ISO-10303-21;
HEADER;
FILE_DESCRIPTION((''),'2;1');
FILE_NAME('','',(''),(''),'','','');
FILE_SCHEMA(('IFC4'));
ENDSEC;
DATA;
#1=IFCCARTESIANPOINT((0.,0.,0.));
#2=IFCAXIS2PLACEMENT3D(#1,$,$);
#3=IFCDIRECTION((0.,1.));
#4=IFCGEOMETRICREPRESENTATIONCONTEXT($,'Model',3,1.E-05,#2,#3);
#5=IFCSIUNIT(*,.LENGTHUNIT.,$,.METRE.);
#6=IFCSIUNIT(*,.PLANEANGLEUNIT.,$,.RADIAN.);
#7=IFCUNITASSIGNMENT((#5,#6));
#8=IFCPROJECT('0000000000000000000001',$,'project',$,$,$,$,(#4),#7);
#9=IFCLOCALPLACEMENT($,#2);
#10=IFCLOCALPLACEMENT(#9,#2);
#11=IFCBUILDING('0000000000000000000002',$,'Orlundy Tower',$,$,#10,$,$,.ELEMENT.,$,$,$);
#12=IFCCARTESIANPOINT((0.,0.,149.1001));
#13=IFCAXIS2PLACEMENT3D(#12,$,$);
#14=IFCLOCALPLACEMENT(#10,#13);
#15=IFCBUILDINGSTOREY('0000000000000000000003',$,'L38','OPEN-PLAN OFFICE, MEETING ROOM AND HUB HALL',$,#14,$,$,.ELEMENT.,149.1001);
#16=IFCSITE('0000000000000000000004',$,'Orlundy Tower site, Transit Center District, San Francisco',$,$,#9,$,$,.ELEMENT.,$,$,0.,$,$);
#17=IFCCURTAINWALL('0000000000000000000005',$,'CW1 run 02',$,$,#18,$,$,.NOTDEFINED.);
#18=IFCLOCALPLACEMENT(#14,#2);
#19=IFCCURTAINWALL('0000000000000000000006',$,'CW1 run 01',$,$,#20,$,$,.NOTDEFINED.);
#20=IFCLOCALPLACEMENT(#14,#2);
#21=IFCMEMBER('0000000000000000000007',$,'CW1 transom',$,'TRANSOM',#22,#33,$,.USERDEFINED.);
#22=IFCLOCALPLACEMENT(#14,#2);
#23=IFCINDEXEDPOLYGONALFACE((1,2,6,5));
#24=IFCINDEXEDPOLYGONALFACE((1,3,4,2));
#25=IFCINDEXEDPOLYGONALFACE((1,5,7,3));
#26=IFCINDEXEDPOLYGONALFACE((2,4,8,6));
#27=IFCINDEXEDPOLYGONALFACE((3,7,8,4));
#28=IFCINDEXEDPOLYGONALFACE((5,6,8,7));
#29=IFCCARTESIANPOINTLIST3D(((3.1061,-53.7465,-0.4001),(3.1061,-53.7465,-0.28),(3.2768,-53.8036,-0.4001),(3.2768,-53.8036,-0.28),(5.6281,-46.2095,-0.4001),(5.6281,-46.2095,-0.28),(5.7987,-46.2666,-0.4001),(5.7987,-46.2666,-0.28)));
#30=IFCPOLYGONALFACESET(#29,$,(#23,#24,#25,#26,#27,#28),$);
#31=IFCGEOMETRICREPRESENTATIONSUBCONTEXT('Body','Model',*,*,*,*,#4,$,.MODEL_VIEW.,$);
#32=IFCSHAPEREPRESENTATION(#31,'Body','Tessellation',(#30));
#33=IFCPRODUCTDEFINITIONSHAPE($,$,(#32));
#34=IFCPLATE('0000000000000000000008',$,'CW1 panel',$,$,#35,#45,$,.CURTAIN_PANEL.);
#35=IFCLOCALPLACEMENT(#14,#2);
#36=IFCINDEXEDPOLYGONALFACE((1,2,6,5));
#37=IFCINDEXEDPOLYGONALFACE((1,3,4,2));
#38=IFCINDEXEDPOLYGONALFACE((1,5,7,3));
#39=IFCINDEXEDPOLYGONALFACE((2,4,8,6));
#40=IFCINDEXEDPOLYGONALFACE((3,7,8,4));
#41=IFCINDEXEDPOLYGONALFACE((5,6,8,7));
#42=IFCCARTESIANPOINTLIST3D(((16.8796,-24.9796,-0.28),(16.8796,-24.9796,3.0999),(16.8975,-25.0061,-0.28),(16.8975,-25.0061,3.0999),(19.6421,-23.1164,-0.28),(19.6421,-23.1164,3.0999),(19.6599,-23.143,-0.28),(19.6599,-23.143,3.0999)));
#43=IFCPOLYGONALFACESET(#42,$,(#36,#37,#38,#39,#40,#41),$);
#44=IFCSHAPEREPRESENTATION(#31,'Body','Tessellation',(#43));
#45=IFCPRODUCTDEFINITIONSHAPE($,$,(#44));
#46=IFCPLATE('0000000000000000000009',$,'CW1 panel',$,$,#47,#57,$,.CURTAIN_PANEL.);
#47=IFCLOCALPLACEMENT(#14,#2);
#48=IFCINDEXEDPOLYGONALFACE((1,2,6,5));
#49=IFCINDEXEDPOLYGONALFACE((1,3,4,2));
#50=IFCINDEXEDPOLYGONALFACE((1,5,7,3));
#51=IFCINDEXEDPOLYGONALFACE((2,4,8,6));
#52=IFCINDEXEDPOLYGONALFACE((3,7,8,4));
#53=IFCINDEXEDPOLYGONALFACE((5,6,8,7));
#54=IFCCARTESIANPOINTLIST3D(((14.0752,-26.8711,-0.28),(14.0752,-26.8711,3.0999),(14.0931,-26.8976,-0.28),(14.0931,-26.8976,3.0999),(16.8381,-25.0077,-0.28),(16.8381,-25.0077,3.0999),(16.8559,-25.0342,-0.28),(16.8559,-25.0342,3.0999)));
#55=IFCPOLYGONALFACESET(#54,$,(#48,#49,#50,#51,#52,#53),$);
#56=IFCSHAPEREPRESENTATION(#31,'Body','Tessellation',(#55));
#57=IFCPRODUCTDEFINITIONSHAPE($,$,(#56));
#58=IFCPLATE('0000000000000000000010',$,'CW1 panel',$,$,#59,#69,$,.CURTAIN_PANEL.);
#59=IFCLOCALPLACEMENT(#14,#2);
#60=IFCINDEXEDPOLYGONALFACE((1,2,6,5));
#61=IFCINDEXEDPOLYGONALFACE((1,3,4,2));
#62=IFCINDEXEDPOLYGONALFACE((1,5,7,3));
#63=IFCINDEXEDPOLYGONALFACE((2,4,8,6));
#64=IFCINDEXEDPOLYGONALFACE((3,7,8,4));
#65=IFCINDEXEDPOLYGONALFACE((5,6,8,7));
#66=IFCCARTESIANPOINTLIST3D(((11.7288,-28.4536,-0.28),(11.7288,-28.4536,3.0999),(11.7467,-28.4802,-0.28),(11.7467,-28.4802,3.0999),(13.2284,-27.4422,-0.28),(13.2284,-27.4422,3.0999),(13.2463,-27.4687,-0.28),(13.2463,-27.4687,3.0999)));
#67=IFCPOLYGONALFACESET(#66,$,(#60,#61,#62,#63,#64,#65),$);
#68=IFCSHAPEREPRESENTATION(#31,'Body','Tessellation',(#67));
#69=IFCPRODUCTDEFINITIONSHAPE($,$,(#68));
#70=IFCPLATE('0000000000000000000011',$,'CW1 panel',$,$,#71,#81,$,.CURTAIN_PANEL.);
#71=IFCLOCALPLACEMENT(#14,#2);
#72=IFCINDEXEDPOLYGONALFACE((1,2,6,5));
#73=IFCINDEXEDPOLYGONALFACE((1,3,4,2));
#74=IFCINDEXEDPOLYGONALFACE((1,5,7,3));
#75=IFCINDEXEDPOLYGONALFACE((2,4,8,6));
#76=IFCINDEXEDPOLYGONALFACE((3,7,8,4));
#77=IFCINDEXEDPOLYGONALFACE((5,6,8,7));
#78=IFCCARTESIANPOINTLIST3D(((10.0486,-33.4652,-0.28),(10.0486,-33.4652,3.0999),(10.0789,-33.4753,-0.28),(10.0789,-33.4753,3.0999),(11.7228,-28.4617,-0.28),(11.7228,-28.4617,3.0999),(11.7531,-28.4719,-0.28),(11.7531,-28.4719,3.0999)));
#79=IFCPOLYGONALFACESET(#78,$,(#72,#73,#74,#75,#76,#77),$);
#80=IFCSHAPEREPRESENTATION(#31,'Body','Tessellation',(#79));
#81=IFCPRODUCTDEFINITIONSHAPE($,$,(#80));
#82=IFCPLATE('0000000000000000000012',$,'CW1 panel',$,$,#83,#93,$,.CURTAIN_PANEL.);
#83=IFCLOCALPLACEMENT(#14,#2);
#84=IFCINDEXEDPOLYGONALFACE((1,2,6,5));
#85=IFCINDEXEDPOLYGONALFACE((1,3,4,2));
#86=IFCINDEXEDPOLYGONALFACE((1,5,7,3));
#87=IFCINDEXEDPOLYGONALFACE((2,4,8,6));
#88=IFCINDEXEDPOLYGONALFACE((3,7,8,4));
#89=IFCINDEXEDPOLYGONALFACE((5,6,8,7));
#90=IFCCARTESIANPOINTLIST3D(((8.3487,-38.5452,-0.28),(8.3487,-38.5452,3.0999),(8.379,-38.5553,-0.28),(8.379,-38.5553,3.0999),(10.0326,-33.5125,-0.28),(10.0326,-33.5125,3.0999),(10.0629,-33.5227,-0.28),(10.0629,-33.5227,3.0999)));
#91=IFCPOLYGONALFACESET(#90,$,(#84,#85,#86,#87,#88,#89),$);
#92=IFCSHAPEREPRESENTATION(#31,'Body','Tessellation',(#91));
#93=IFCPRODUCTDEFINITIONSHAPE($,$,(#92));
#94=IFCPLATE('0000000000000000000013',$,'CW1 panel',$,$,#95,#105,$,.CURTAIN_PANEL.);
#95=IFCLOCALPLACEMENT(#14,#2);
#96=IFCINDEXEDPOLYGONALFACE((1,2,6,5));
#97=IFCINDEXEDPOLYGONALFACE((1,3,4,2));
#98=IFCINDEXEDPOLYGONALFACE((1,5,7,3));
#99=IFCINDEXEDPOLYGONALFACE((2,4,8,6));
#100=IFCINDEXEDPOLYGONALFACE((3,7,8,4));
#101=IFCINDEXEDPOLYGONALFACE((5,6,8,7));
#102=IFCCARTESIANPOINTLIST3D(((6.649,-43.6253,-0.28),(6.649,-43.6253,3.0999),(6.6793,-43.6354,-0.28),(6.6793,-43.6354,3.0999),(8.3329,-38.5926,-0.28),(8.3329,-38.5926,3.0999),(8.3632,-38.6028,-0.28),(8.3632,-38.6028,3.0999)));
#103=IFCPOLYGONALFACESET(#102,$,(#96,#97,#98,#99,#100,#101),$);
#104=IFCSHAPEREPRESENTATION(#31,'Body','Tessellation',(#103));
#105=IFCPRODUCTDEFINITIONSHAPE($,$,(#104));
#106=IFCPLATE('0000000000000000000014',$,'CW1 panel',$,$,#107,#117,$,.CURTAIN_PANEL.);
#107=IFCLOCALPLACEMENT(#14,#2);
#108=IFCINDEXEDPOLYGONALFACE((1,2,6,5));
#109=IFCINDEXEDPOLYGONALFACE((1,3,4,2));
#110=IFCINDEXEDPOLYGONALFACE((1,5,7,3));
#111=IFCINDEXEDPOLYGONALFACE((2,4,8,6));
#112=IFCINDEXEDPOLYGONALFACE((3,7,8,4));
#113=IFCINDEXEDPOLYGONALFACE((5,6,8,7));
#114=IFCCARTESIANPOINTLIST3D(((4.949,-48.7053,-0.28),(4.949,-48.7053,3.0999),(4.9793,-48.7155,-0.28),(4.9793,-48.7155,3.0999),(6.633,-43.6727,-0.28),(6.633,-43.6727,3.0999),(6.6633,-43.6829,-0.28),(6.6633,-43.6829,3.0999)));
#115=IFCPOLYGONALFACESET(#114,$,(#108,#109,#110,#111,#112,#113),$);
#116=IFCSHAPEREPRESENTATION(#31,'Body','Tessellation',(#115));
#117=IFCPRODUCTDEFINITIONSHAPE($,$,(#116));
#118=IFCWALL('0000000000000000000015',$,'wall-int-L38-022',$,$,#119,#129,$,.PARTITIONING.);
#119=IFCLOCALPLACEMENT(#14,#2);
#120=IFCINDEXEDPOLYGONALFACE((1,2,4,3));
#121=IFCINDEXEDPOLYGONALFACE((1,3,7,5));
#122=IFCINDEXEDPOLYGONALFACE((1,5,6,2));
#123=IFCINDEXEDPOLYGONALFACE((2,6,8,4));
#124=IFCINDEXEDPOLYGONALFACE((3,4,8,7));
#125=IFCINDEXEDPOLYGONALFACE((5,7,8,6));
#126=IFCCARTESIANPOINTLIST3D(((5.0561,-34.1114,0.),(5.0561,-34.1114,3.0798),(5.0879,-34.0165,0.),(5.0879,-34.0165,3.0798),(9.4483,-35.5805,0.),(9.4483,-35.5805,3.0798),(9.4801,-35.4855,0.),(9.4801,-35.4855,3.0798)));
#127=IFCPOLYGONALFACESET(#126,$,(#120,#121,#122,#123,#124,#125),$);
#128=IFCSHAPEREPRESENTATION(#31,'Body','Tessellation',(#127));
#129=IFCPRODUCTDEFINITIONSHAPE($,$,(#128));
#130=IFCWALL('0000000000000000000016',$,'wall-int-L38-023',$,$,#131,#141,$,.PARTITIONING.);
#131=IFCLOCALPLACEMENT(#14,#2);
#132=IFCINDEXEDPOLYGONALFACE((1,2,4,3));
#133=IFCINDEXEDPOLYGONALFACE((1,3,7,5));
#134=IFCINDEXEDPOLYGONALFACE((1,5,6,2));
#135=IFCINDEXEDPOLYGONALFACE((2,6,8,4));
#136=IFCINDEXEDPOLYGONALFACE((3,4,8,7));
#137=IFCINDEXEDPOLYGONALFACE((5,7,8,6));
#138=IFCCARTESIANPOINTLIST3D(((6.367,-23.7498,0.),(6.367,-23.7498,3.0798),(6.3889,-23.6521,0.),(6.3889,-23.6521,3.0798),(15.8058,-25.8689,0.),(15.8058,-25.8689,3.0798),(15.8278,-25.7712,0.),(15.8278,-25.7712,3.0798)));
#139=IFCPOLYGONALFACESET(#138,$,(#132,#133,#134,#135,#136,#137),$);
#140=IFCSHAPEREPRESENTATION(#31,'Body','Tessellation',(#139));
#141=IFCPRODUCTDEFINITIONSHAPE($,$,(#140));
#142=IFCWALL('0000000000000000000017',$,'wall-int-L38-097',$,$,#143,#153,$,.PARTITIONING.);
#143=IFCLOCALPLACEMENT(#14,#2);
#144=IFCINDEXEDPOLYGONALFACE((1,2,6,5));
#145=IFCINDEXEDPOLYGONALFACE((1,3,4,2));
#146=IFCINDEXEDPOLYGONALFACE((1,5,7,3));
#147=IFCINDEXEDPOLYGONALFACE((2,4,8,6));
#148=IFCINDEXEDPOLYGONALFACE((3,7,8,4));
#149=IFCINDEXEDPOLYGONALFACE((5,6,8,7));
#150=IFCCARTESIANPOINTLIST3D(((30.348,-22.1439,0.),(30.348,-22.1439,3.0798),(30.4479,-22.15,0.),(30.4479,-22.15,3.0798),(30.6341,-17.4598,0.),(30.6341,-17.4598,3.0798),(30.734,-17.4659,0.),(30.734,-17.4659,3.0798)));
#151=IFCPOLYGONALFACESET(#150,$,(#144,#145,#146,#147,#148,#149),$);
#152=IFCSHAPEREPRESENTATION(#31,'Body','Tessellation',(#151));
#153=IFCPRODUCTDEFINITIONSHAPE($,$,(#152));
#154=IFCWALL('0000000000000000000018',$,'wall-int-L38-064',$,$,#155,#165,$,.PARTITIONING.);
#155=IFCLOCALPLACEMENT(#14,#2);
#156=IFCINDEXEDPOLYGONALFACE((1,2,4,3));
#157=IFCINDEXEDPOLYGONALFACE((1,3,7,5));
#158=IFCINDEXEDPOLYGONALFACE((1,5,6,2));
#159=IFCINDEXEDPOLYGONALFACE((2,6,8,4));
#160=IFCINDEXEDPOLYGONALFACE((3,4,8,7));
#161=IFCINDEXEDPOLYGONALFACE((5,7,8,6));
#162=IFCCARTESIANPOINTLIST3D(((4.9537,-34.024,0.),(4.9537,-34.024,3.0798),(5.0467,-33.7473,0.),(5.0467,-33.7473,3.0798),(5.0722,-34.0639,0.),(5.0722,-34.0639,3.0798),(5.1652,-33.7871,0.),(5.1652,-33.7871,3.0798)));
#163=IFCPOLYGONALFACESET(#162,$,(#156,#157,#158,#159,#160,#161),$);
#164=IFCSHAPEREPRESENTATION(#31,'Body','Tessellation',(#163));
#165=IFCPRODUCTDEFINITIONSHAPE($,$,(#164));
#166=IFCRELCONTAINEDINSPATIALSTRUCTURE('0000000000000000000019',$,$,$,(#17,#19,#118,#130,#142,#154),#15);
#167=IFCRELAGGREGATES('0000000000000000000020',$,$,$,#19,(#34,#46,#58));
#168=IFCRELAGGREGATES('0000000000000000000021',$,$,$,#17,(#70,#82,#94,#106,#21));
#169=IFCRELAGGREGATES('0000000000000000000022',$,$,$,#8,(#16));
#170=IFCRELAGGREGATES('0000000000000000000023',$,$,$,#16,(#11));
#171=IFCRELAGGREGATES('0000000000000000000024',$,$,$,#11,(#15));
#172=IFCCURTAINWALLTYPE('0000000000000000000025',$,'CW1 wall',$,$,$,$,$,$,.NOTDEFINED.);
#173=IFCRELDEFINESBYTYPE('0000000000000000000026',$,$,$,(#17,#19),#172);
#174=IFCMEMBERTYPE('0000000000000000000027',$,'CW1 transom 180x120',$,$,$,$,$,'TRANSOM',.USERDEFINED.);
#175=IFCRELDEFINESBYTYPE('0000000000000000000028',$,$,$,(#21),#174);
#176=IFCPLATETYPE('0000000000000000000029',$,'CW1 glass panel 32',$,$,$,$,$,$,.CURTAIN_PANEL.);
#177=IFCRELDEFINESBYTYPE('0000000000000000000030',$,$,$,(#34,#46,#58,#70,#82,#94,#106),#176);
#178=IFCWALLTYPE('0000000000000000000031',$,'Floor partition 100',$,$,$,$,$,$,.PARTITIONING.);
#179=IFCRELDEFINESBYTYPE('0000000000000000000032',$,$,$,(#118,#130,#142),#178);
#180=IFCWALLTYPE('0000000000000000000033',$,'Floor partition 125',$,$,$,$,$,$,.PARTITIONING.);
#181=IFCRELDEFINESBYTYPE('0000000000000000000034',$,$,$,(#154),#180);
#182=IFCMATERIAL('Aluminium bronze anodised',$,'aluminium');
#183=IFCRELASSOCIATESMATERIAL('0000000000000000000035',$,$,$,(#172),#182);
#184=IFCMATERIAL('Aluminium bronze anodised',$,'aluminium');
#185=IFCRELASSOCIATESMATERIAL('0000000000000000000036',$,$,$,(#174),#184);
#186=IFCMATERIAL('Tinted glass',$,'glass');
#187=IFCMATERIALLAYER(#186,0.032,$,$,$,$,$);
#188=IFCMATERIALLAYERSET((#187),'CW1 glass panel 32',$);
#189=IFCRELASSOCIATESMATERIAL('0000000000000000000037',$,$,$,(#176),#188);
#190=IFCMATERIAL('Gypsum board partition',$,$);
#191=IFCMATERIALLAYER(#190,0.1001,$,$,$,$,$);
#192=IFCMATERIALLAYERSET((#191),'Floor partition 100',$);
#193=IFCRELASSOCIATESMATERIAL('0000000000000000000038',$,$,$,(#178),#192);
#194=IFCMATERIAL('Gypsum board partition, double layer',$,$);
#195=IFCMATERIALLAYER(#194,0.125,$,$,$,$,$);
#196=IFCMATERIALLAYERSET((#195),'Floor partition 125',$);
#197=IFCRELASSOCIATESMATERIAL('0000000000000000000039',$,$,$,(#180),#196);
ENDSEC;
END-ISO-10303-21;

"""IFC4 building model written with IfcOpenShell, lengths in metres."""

from ifc_helpers import new_model, si_unit, direction, frame, frame_2d, origin, origin_2d, place, context, subcontext, project, spatial, rectangle, extrude, material, layer, layer_set, material_profile, profile_set, type_object, element, aggregate, save


model = new_model("IFC4")

# Units and contexts
model_context = context("Model", 3, precision=1e-05, world=origin(), true_north=direction((0.0, 1.0)))
body_context = subcontext(model_context, "Body", "Model", "MODEL_VIEW")
ifc_project = project(units=[si_unit("LENGTHUNIT", "METRE"), si_unit("PLANEANGLEUNIT", "RADIAN")], contexts=[model_context])

# Site, building, storey
site_placement = place(None, origin())
site = spatial("IfcSite", under=ifc_project, at=site_placement, Name="Orlundy Tower site, Transit Center District, San Francisco", CompositionType="ELEMENT", RefElevation=0.0)
building_placement = place(site_placement, origin())
building = spatial("IfcBuilding", under=site, at=building_placement, Name="Orlundy Tower", CompositionType="ELEMENT")
storey_placement = place(building_placement, frame((0.0, 0.0, 149.1001)))
storey = spatial("IfcBuildingStorey", under=building, at=storey_placement, Name="L38", Description="OPEN-PLAN OFFICE, MEETING ROOM AND HUB HALL", CompositionType="ELEMENT", Elevation=149.1001)

# Curtain walls
ifc_material_1 = material(Name="Aluminium bronze anodised", Category="aluminium")
curtain_wall_type = type_object("IfcCurtainWallType", Name="CW1 wall", PredefinedType="NOTDEFINED", material=ifc_material_1)
curtain_wall_1_placement = place(storey_placement, origin())
curtain_wall_1 = element("IfcCurtainWall", 1, at=curtain_wall_1_placement, inside=storey, type_object=curtain_wall_type, Name="CW1 run 02", PredefinedType="NOTDEFINED")
curtain_wall_2_placement = place(storey_placement, origin())
curtain_wall_2 = element("IfcCurtainWall", 2, at=curtain_wall_2_placement, inside=storey, type_object=curtain_wall_type, Name="CW1 run 01", PredefinedType="NOTDEFINED")

# Member
ifc_material_2 = material(Name="Aluminium bronze anodised", Category="aluminium")
ifc_material_profile_1 = material_profile(ifc_material_2, rectangle(XDim=0.1799, YDim=0.1201, at=origin_2d()), Name="CW1 transom 180x120")
ifc_profile_set_1 = profile_set([ifc_material_profile_1], Name="Aluminium bronze anodised")
member_type_1 = type_object("IfcMemberType", Name="CW1 transom 180x120", ElementType="TRANSOM", PredefinedType="USERDEFINED", material=ifc_profile_set_1)
member_1_placement = place(storey_placement, frame((5.7134, -46.238, -0.3401), z_axis=(-0.317315, -0.94832, 0.0), x_axis=(0.94832, -0.317315, 0.0)))
member_1 = element("IfcMember", 3, at=member_1_placement, type_object=member_type_1, Name="CW1 transom", ObjectType="TRANSOM", PredefinedType="USERDEFINED", context=body_context, shape_type="SweptSolid", body=[
    extrude(rectangle(XDim=0.1799, YDim=0.1201, at=origin_2d()), origin(), (0.0, 0.0, 1.0), 7.9478),
])

# Plates
ifc_material_3 = material(Name="Tinted glass", Category="glass")
ifc_layer_1 = layer(ifc_material_3, 0.032)
ifc_layer_set_1 = layer_set([ifc_layer_1], Name="CW1 glass panel 32")
plate_type = type_object("IfcPlateType", Name="CW1 glass panel 32", PredefinedType="CURTAIN_PANEL", material=ifc_layer_set_1)
plate_1_placement = place(storey_placement, frame((18.2698, -24.0613, -0.28), z_axis=(0.0, 0.0, 1.0), x_axis=(-0.829057, -0.559165, 0.0)))
plate_1 = element("IfcPlate", 4, at=plate_1_placement, type_object=plate_type, Name="CW1 panel", PredefinedType="CURTAIN_PANEL", context=body_context, shape_type="SweptSolid", body=[
    extrude(rectangle(XDim=3.332, YDim=0.032, at=origin_2d()), origin(), (0.0, 0.0, 1.0), 3.3799),
])
plate_2_placement = place(storey_placement, frame((15.4656, -25.9526, -0.28), z_axis=(0.0, 0.0, 1.0), x_axis=(-0.829057, -0.559165, 0.0)))
plate_2 = element("IfcPlate", 5, at=plate_2_placement, type_object=plate_type, Name="CW1 panel", PredefinedType="CURTAIN_PANEL", context=body_context, shape_type="SweptSolid", body=[
    extrude(rectangle(XDim=3.3325, YDim=0.032, at=origin_2d()), origin(), (0.0, 0.0, 1.0), 3.3799),
])
plate_3_placement = place(storey_placement, frame((12.4875, -27.9612, -0.28), z_axis=(0.0, 0.0, 1.0), x_axis=(-0.829057, -0.559165, 0.0)))
plate_3 = element("IfcPlate", 6, at=plate_3_placement, type_object=plate_type, Name="CW1 panel", PredefinedType="CURTAIN_PANEL", context=body_context, shape_type="SweptSolid", body=[
    extrude(rectangle(XDim=1.8088, YDim=0.032, at=origin_2d()), origin(), (0.0, 0.0, 1.0), 3.3799),
])
aggregate(curtain_wall_2, [plate_1, plate_2, plate_3])
plate_4_placement = place(storey_placement, frame((10.9009, -30.9685, -0.28), z_axis=(0.0, 0.0, 1.0), x_axis=(-0.317314, -0.948321, 0.0)))
plate_4 = element("IfcPlate", 7, at=plate_4_placement, type_object=plate_type, Name="CW1 panel", PredefinedType="CURTAIN_PANEL", context=body_context, shape_type="SweptSolid", body=[
    extrude(rectangle(XDim=5.2761, YDim=0.032, at=origin_2d()), origin(), (0.0, 0.0, 1.0), 3.3799),
])
plate_5_placement = place(storey_placement, frame((9.2058, -36.0339, -0.28), z_axis=(0.0, 0.0, 1.0), x_axis=(-0.317314, -0.948321, 0.0)))
plate_5 = element("IfcPlate", 8, at=plate_5_placement, type_object=plate_type, Name="CW1 panel", PredefinedType="CURTAIN_PANEL", context=body_context, shape_type="SweptSolid", body=[
    extrude(rectangle(XDim=5.3069, YDim=0.032, at=origin_2d()), origin(), (0.0, 0.0, 1.0), 3.3799),
])
plate_6_placement = place(storey_placement, frame((7.5061, -41.114, -0.28), z_axis=(0.0, 0.0, 1.0), x_axis=(-0.317314, -0.948321, 0.0)))
plate_6 = element("IfcPlate", 9, at=plate_6_placement, type_object=plate_type, Name="CW1 panel", PredefinedType="CURTAIN_PANEL", context=body_context, shape_type="SweptSolid", body=[
    extrude(rectangle(XDim=5.3069, YDim=0.032, at=origin_2d()), origin(), (0.0, 0.0, 1.0), 3.3799),
])
plate_7_placement = place(storey_placement, frame((5.8062, -46.1941, -0.28), z_axis=(0.0, 0.0, 1.0), x_axis=(-0.317314, -0.948321, 0.0)))
plate_7 = element("IfcPlate", 10, at=plate_7_placement, type_object=plate_type, Name="CW1 panel", PredefinedType="CURTAIN_PANEL", context=body_context, shape_type="SweptSolid", body=[
    extrude(rectangle(XDim=5.3069, YDim=0.032, at=origin_2d()), origin(), (0.0, 0.0, 1.0), 3.3799),
])
aggregate(curtain_wall_1, [plate_4, plate_5, plate_6, plate_7, member_1])

# Walls
ifc_material_4 = material(Name="Gypsum board partition")
ifc_layer_2 = layer(ifc_material_4, 0.1001)
ifc_layer_set_2 = layer_set([ifc_layer_2], Name="Floor partition 100")
wall_type_1 = type_object("IfcWallType", Name="Floor partition 100", PredefinedType="PARTITIONING", material=ifc_layer_set_2)
wall_1_placement = place(storey_placement, frame((5.072, -34.064, 0.0), z_axis=(0.0, 0.0, 1.0), x_axis=(0.948361, -0.317192, 0.0)))
element("IfcWall", 11, at=wall_1_placement, inside=storey, type_object=wall_type_1, Name="wall-int-L38-022", PredefinedType="PARTITIONING", context=body_context, shape_type="SweptSolid", body=[
    extrude(rectangle(XDim=4.6313, YDim=0.1001, at=frame_2d((2.3157, 0.0))), origin(), (0.0, 0.0, 1.0), 3.0798),
])
wall_2_placement = place(storey_placement, frame((6.3779, -23.7009, 0.0), z_axis=(0.0, 0.0, 1.0), x_axis=(0.975712, -0.219057, 0.0)))
element("IfcWall", 12, at=wall_2_placement, inside=storey, type_object=wall_type_1, Name="wall-int-L38-023", PredefinedType="PARTITIONING", context=body_context, shape_type="SweptSolid", body=[
    extrude(rectangle(XDim=9.6738, YDim=0.1001, at=frame_2d((4.8369, 0.0))), origin(), (0.0, 0.0, 1.0), 3.0798),
])
wall_3_placement = place(storey_placement, frame((30.3979, -22.147, 0.0), z_axis=(0.0, 0.0, 1.0), x_axis=(0.060973, 0.998139, 0.0)))
element("IfcWall", 13, at=wall_3_placement, inside=storey, type_object=wall_type_1, Name="wall-int-L38-097", PredefinedType="PARTITIONING", context=body_context, shape_type="SweptSolid", body=[
    extrude(rectangle(XDim=4.6929, YDim=0.1001, at=frame_2d((2.3464, 0.0))), origin(), (0.0, 0.0, 1.0), 3.0798),
])
ifc_material_5 = material(Name="Gypsum board partition, double layer")
ifc_layer_3 = layer(ifc_material_5, 0.125)
ifc_layer_set_3 = layer_set([ifc_layer_3], Name="Floor partition 125")
wall_type_2 = type_object("IfcWallType", Name="Floor partition 125", PredefinedType="PARTITIONING", material=ifc_layer_set_3)
wall_4_placement = place(storey_placement, frame((5.0129, -34.0439, 0.0), z_axis=(0.0, 0.0, 1.0), x_axis=(0.318484, 0.947928, 0.0)))
element("IfcWall", 14, at=wall_4_placement, inside=storey, type_object=wall_type_2, Name="wall-int-L38-064", PredefinedType="PARTITIONING", context=body_context, shape_type="SweptSolid", body=[
    extrude(rectangle(XDim=0.292, YDim=0.125, at=frame_2d((0.146, 0.0))), origin(), (0.0, 0.0, 1.0), 3.0798),
])

save(model, "model.ifc")
